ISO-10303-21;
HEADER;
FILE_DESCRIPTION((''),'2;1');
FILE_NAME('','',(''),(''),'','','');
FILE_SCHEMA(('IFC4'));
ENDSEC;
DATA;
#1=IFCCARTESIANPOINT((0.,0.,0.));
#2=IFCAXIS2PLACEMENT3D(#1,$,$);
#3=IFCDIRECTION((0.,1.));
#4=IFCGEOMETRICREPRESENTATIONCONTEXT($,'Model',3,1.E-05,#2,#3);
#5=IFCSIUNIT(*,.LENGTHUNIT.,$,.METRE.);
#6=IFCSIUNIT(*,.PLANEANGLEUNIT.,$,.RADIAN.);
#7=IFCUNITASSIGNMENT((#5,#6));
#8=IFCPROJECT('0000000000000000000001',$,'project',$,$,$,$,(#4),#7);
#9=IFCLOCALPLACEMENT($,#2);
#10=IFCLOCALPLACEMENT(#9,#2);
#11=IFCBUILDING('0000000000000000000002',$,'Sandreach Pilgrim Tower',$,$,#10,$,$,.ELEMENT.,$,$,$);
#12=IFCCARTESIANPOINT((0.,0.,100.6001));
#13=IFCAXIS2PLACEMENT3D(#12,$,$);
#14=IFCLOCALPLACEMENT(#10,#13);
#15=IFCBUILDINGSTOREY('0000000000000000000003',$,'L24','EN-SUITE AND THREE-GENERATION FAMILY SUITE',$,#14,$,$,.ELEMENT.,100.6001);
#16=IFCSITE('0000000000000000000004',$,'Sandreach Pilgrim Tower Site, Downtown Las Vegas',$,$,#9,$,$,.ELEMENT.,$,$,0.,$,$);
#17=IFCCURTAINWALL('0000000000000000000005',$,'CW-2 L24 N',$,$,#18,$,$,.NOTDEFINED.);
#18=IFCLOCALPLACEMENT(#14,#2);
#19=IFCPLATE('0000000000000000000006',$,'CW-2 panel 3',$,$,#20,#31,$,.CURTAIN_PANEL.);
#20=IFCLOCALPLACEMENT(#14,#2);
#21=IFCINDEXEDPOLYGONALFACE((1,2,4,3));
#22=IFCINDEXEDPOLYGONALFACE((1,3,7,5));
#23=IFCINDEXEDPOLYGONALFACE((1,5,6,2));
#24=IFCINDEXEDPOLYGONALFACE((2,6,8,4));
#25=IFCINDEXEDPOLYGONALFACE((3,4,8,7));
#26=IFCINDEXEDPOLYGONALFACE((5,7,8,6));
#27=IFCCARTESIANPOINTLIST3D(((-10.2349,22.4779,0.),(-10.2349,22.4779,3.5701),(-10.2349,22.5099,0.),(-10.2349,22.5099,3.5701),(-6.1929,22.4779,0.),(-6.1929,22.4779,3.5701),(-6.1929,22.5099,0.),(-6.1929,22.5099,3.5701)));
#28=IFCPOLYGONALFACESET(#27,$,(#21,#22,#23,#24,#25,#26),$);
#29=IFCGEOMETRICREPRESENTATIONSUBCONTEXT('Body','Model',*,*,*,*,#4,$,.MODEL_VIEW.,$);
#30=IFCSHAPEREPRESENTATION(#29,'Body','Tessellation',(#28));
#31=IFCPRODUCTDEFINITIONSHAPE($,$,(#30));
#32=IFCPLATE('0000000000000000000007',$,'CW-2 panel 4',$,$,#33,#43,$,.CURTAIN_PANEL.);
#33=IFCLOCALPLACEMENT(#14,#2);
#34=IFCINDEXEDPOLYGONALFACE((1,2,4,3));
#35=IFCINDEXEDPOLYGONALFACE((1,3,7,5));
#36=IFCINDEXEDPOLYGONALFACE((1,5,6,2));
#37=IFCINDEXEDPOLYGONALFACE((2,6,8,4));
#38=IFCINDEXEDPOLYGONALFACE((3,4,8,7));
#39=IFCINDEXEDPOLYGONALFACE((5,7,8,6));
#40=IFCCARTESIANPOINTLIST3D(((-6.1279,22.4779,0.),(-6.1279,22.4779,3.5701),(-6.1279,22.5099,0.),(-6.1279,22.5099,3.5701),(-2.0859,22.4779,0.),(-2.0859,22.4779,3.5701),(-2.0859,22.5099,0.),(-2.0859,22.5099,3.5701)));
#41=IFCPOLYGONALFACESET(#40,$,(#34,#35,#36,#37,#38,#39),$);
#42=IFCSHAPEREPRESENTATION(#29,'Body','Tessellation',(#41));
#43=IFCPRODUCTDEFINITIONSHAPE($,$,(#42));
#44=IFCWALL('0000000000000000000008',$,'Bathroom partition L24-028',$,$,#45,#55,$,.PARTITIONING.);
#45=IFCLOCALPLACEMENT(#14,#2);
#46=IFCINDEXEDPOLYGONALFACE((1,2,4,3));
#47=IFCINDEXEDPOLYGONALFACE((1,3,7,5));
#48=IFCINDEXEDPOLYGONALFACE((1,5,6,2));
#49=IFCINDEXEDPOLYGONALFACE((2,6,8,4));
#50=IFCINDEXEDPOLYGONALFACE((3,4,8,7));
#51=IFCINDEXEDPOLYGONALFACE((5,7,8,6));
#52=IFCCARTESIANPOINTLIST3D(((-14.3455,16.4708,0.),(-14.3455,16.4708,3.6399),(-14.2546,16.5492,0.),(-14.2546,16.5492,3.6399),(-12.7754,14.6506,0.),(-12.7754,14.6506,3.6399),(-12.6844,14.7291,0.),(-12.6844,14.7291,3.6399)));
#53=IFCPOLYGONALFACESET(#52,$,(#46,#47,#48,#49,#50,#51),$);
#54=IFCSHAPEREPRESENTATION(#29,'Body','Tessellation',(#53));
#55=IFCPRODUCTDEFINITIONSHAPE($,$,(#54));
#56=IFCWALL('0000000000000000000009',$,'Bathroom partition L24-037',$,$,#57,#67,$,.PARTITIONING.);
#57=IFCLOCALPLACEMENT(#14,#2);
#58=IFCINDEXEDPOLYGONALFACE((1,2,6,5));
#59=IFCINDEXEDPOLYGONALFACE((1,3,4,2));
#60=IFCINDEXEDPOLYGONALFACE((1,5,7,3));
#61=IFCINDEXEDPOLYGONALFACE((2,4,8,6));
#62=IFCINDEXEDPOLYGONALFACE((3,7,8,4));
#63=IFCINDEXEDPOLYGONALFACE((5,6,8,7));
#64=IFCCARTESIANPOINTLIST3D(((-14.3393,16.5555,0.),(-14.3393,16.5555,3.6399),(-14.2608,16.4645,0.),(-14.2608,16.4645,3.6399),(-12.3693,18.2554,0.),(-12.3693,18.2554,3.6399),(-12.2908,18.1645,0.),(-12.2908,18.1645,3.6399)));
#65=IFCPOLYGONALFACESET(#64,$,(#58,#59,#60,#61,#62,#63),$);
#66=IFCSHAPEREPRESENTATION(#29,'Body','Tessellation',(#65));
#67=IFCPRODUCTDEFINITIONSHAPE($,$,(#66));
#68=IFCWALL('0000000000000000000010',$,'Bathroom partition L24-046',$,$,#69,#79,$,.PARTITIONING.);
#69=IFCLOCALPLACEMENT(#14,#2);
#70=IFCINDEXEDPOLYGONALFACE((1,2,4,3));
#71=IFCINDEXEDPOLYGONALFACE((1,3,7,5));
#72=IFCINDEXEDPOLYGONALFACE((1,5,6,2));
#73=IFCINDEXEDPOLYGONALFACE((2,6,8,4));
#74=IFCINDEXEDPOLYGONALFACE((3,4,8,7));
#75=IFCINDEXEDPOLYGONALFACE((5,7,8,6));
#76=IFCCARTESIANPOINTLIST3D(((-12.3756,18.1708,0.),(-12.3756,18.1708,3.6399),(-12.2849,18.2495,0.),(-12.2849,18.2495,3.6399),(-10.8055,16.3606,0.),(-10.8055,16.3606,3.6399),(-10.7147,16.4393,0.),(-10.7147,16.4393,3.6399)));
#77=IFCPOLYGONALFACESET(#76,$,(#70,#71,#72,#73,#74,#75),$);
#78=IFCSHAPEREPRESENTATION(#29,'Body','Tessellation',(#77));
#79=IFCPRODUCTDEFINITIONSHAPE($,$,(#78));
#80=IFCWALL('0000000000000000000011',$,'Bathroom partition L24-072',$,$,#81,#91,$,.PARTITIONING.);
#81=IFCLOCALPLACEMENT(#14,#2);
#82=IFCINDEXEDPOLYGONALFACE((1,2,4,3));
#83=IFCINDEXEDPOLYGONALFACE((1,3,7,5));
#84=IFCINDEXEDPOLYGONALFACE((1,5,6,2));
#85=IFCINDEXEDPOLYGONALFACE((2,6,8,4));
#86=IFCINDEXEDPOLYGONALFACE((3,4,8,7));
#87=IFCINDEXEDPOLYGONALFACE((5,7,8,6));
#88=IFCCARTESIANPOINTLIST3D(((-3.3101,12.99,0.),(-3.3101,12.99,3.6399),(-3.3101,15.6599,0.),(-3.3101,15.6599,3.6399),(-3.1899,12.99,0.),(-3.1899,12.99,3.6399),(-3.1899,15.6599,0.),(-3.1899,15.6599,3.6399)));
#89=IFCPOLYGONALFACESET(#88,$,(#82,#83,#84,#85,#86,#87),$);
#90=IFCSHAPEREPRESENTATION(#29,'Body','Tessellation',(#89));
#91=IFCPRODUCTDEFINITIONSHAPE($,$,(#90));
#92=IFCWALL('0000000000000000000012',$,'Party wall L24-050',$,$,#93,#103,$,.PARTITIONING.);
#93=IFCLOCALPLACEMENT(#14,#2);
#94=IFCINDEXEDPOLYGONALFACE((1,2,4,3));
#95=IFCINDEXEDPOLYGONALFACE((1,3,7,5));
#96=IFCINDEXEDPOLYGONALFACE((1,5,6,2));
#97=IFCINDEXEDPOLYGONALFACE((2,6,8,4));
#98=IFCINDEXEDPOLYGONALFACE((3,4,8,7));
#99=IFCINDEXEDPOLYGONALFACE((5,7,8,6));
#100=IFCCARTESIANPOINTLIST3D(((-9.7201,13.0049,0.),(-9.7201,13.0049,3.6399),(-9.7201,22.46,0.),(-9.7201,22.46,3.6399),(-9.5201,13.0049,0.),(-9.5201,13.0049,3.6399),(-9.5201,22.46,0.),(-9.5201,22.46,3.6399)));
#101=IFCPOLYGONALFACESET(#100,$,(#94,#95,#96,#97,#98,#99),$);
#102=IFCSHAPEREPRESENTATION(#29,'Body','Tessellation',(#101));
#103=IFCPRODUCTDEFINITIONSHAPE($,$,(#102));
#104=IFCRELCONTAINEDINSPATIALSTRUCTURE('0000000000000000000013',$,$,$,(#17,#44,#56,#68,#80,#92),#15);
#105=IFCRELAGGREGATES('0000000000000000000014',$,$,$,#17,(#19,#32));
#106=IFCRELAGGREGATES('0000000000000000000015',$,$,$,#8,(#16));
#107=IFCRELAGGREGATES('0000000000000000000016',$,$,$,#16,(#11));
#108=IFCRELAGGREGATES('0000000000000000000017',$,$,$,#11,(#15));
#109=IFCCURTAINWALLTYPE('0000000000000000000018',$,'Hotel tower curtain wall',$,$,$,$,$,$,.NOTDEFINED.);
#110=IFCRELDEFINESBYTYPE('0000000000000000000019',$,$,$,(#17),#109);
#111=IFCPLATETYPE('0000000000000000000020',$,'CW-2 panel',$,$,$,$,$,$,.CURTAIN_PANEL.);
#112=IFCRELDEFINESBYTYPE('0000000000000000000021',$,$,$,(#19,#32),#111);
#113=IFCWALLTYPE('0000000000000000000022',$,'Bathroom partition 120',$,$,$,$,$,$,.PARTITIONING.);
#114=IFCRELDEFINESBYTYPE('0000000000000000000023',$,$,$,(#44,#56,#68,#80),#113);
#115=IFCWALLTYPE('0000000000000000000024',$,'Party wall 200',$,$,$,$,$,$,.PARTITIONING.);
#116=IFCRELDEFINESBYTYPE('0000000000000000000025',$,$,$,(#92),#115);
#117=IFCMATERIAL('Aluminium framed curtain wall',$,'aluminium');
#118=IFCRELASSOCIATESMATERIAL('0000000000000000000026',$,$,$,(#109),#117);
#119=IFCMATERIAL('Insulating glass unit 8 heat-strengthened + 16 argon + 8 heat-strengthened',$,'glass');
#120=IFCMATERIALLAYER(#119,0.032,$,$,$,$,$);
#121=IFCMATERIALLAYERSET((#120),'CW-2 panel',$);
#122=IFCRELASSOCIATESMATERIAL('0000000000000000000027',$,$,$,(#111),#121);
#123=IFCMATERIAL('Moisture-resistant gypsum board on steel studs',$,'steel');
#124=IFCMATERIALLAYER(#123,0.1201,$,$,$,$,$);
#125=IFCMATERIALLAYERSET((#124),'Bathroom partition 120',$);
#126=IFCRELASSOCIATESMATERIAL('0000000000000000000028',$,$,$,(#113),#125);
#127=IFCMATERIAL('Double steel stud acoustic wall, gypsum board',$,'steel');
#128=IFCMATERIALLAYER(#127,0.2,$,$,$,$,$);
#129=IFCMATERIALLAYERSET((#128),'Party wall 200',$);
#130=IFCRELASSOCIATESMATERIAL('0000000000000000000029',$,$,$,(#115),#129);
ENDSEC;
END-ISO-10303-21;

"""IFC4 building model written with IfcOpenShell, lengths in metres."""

from ifc_helpers import new_model, si_unit, direction, frame, frame_2d, origin, origin_2d, place, context, subcontext, project, spatial, rectangle, extrude, material, layer, layer_set, type_object, element, aggregate, save


model = new_model("IFC4")

# Units and contexts
model_context = context("Model", 3, precision=1e-05, world=origin(), true_north=direction((0.0, 1.0)))
body_context = subcontext(model_context, "Body", "Model", "MODEL_VIEW")
ifc_project = project(units=[si_unit("LENGTHUNIT", "METRE"), si_unit("PLANEANGLEUNIT", "RADIAN")], contexts=[model_context])

# Site, building, storey
site_placement = place(None, origin())
site = spatial("IfcSite", under=ifc_project, at=site_placement, Name="Sandreach Pilgrim Tower Site, Downtown Las Vegas", CompositionType="ELEMENT", RefElevation=0.0)
building_placement = place(site_placement, origin())
building = spatial("IfcBuilding", under=site, at=building_placement, Name="Sandreach Pilgrim Tower", CompositionType="ELEMENT")
storey_placement = place(building_placement, frame((0.0, 0.0, 100.6001)))
storey = spatial("IfcBuildingStorey", under=building, at=storey_placement, Name="L24", Description="EN-SUITE AND THREE-GENERATION FAMILY SUITE", CompositionType="ELEMENT", Elevation=100.6001)

# Curtain wall
ifc_material_1 = material(Name="Aluminium framed curtain wall", Category="aluminium")
curtain_wall_type = type_object("IfcCurtainWallType", Name="Hotel tower curtain wall", PredefinedType="NOTDEFINED", material=ifc_material_1)
curtain_wall_placement = place(storey_placement, origin())
curtain_wall = element("IfcCurtainWall", 1, at=curtain_wall_placement, inside=storey, type_object=curtain_wall_type, Name="CW-2 L24 N", PredefinedType="NOTDEFINED")

# Plates
ifc_material_2 = material(Name="Insulating glass unit 8 heat-strengthened + 16 argon + 8 heat-strengthened", Category="glass")
ifc_layer_1 = layer(ifc_material_2, 0.032)
ifc_layer_set_1 = layer_set([ifc_layer_1], Name="CW-2 panel")
plate_type = type_object("IfcPlateType", Name="CW-2 panel", PredefinedType="CURTAIN_PANEL", material=ifc_layer_set_1)
plate_1_placement = place(storey_placement, frame((-8.2139, 22.4939, 0.0), z_axis=(0.0, 0.0, 1.0), x_axis=(1.0, 0.0, 0.0)))
plate_1 = element("IfcPlate", 2, at=plate_1_placement, type_object=plate_type, Name="CW-2 panel 3", PredefinedType="CURTAIN_PANEL", context=body_context, shape_type="SweptSolid", body=[
    extrude(rectangle(XDim=4.042, YDim=0.032, at=origin_2d()), origin(), (0.0, 0.0, 1.0), 3.5701),
])
plate_2_placement = place(storey_placement, frame((-4.1069, 22.4939, 0.0), z_axis=(0.0, 0.0, 1.0), x_axis=(1.0, 0.0, 0.0)))
plate_2 = element("IfcPlate", 3, at=plate_2_placement, type_object=plate_type, Name="CW-2 panel 4", PredefinedType="CURTAIN_PANEL", context=body_context, shape_type="SweptSolid", body=[
    extrude(rectangle(XDim=4.042, YDim=0.032, at=origin_2d()), origin(), (0.0, 0.0, 1.0), 3.5701),
])
aggregate(curtain_wall, [plate_1, plate_2])

# Walls
ifc_material_3 = material(Name="Moisture-resistant gypsum board on steel studs", Category="steel")
ifc_layer_2 = layer(ifc_material_3, 0.1201)
ifc_layer_set_2 = layer_set([ifc_layer_2], Name="Bathroom partition 120")
wall_type_1 = type_object("IfcWallType", Name="Bathroom partition 120", PredefinedType="PARTITIONING", material=ifc_layer_set_2)
wall_1_placement = place(storey_placement, frame((-14.3, 16.51, 0.0), z_axis=(0.0, 0.0, 1.0), x_axis=(0.653189, -0.757195, 0.0)))
element("IfcWall", 4, at=wall_1_placement, inside=storey, type_object=wall_type_1, Name="Bathroom partition L24-028", PredefinedType="PARTITIONING", context=body_context, shape_type="SweptSolid", body=[
    extrude(rectangle(XDim=2.4038, YDim=0.1201, at=frame_2d((1.2019, 0.0))), origin(), (0.0, 0.0, 1.0), 3.6399),
])
wall_2_placement = place(storey_placement, frame((-12.3301, 18.21, 0.0), z_axis=(0.0, 0.0, 1.0), x_axis=(-0.757087, -0.653314, 0.0)))
element("IfcWall", 5, at=wall_2_placement, inside=storey, type_object=wall_type_1, Name="Bathroom partition L24-037", PredefinedType="PARTITIONING", context=body_context, shape_type="SweptSolid", body=[
    extrude(rectangle(XDim=2.6021, YDim=0.1201, at=frame_2d((1.301, 0.0))), origin(), (0.0, 0.0, 1.0), 3.6399),
])
wall_3_placement = place(storey_placement, frame((-10.76, 16.3999, 0.0), z_axis=(0.0, 0.0, 1.0), x_axis=(-0.655252, 0.75541, 0.0)))
element("IfcWall", 6, at=wall_3_placement, inside=storey, type_object=wall_type_1, Name="Bathroom partition L24-046", PredefinedType="PARTITIONING", context=body_context, shape_type="SweptSolid", body=[
    extrude(rectangle(XDim=2.3962, YDim=0.1201, at=frame_2d((1.1982, 0.0))), origin(), (0.0, 0.0, 1.0), 3.6399),
])
wall_4_placement = place(storey_placement, frame((-3.25, 15.6599, 0.0), z_axis=(0.0, 0.0, 1.0), x_axis=(0.0, -1.0, 0.0)))
element("IfcWall", 7, at=wall_4_placement, inside=storey, type_object=wall_type_1, Name="Bathroom partition L24-072", PredefinedType="PARTITIONING", context=body_context, shape_type="SweptSolid", body=[
    extrude(rectangle(XDim=2.6699, YDim=0.1201, at=frame_2d((1.335, 0.0))), origin(), (0.0, 0.0, 1.0), 3.6399),
])

# Wall
ifc_material_4 = material(Name="Double steel stud acoustic wall, gypsum board", Category="steel")
ifc_layer_3 = layer(ifc_material_4, 0.2)
ifc_layer_set_3 = layer_set([ifc_layer_3], Name="Party wall 200")
wall_type_2 = type_object("IfcWallType", Name="Party wall 200", PredefinedType="PARTITIONING", material=ifc_layer_set_3)
wall_5_placement = place(storey_placement, frame((-9.6201, 22.46, 0.0), z_axis=(0.0, 0.0, 1.0), x_axis=(0.0, -1.0, 0.0)))
element("IfcWall", 8, at=wall_5_placement, inside=storey, type_object=wall_type_2, Name="Party wall L24-050", PredefinedType="PARTITIONING", context=body_context, shape_type="SweptSolid", body=[
    extrude(rectangle(XDim=9.4551, YDim=0.2, at=frame_2d((4.7275, 0.0))), origin(), (0.0, 0.0, 1.0), 3.6399),
])

save(model, "model.ifc")
